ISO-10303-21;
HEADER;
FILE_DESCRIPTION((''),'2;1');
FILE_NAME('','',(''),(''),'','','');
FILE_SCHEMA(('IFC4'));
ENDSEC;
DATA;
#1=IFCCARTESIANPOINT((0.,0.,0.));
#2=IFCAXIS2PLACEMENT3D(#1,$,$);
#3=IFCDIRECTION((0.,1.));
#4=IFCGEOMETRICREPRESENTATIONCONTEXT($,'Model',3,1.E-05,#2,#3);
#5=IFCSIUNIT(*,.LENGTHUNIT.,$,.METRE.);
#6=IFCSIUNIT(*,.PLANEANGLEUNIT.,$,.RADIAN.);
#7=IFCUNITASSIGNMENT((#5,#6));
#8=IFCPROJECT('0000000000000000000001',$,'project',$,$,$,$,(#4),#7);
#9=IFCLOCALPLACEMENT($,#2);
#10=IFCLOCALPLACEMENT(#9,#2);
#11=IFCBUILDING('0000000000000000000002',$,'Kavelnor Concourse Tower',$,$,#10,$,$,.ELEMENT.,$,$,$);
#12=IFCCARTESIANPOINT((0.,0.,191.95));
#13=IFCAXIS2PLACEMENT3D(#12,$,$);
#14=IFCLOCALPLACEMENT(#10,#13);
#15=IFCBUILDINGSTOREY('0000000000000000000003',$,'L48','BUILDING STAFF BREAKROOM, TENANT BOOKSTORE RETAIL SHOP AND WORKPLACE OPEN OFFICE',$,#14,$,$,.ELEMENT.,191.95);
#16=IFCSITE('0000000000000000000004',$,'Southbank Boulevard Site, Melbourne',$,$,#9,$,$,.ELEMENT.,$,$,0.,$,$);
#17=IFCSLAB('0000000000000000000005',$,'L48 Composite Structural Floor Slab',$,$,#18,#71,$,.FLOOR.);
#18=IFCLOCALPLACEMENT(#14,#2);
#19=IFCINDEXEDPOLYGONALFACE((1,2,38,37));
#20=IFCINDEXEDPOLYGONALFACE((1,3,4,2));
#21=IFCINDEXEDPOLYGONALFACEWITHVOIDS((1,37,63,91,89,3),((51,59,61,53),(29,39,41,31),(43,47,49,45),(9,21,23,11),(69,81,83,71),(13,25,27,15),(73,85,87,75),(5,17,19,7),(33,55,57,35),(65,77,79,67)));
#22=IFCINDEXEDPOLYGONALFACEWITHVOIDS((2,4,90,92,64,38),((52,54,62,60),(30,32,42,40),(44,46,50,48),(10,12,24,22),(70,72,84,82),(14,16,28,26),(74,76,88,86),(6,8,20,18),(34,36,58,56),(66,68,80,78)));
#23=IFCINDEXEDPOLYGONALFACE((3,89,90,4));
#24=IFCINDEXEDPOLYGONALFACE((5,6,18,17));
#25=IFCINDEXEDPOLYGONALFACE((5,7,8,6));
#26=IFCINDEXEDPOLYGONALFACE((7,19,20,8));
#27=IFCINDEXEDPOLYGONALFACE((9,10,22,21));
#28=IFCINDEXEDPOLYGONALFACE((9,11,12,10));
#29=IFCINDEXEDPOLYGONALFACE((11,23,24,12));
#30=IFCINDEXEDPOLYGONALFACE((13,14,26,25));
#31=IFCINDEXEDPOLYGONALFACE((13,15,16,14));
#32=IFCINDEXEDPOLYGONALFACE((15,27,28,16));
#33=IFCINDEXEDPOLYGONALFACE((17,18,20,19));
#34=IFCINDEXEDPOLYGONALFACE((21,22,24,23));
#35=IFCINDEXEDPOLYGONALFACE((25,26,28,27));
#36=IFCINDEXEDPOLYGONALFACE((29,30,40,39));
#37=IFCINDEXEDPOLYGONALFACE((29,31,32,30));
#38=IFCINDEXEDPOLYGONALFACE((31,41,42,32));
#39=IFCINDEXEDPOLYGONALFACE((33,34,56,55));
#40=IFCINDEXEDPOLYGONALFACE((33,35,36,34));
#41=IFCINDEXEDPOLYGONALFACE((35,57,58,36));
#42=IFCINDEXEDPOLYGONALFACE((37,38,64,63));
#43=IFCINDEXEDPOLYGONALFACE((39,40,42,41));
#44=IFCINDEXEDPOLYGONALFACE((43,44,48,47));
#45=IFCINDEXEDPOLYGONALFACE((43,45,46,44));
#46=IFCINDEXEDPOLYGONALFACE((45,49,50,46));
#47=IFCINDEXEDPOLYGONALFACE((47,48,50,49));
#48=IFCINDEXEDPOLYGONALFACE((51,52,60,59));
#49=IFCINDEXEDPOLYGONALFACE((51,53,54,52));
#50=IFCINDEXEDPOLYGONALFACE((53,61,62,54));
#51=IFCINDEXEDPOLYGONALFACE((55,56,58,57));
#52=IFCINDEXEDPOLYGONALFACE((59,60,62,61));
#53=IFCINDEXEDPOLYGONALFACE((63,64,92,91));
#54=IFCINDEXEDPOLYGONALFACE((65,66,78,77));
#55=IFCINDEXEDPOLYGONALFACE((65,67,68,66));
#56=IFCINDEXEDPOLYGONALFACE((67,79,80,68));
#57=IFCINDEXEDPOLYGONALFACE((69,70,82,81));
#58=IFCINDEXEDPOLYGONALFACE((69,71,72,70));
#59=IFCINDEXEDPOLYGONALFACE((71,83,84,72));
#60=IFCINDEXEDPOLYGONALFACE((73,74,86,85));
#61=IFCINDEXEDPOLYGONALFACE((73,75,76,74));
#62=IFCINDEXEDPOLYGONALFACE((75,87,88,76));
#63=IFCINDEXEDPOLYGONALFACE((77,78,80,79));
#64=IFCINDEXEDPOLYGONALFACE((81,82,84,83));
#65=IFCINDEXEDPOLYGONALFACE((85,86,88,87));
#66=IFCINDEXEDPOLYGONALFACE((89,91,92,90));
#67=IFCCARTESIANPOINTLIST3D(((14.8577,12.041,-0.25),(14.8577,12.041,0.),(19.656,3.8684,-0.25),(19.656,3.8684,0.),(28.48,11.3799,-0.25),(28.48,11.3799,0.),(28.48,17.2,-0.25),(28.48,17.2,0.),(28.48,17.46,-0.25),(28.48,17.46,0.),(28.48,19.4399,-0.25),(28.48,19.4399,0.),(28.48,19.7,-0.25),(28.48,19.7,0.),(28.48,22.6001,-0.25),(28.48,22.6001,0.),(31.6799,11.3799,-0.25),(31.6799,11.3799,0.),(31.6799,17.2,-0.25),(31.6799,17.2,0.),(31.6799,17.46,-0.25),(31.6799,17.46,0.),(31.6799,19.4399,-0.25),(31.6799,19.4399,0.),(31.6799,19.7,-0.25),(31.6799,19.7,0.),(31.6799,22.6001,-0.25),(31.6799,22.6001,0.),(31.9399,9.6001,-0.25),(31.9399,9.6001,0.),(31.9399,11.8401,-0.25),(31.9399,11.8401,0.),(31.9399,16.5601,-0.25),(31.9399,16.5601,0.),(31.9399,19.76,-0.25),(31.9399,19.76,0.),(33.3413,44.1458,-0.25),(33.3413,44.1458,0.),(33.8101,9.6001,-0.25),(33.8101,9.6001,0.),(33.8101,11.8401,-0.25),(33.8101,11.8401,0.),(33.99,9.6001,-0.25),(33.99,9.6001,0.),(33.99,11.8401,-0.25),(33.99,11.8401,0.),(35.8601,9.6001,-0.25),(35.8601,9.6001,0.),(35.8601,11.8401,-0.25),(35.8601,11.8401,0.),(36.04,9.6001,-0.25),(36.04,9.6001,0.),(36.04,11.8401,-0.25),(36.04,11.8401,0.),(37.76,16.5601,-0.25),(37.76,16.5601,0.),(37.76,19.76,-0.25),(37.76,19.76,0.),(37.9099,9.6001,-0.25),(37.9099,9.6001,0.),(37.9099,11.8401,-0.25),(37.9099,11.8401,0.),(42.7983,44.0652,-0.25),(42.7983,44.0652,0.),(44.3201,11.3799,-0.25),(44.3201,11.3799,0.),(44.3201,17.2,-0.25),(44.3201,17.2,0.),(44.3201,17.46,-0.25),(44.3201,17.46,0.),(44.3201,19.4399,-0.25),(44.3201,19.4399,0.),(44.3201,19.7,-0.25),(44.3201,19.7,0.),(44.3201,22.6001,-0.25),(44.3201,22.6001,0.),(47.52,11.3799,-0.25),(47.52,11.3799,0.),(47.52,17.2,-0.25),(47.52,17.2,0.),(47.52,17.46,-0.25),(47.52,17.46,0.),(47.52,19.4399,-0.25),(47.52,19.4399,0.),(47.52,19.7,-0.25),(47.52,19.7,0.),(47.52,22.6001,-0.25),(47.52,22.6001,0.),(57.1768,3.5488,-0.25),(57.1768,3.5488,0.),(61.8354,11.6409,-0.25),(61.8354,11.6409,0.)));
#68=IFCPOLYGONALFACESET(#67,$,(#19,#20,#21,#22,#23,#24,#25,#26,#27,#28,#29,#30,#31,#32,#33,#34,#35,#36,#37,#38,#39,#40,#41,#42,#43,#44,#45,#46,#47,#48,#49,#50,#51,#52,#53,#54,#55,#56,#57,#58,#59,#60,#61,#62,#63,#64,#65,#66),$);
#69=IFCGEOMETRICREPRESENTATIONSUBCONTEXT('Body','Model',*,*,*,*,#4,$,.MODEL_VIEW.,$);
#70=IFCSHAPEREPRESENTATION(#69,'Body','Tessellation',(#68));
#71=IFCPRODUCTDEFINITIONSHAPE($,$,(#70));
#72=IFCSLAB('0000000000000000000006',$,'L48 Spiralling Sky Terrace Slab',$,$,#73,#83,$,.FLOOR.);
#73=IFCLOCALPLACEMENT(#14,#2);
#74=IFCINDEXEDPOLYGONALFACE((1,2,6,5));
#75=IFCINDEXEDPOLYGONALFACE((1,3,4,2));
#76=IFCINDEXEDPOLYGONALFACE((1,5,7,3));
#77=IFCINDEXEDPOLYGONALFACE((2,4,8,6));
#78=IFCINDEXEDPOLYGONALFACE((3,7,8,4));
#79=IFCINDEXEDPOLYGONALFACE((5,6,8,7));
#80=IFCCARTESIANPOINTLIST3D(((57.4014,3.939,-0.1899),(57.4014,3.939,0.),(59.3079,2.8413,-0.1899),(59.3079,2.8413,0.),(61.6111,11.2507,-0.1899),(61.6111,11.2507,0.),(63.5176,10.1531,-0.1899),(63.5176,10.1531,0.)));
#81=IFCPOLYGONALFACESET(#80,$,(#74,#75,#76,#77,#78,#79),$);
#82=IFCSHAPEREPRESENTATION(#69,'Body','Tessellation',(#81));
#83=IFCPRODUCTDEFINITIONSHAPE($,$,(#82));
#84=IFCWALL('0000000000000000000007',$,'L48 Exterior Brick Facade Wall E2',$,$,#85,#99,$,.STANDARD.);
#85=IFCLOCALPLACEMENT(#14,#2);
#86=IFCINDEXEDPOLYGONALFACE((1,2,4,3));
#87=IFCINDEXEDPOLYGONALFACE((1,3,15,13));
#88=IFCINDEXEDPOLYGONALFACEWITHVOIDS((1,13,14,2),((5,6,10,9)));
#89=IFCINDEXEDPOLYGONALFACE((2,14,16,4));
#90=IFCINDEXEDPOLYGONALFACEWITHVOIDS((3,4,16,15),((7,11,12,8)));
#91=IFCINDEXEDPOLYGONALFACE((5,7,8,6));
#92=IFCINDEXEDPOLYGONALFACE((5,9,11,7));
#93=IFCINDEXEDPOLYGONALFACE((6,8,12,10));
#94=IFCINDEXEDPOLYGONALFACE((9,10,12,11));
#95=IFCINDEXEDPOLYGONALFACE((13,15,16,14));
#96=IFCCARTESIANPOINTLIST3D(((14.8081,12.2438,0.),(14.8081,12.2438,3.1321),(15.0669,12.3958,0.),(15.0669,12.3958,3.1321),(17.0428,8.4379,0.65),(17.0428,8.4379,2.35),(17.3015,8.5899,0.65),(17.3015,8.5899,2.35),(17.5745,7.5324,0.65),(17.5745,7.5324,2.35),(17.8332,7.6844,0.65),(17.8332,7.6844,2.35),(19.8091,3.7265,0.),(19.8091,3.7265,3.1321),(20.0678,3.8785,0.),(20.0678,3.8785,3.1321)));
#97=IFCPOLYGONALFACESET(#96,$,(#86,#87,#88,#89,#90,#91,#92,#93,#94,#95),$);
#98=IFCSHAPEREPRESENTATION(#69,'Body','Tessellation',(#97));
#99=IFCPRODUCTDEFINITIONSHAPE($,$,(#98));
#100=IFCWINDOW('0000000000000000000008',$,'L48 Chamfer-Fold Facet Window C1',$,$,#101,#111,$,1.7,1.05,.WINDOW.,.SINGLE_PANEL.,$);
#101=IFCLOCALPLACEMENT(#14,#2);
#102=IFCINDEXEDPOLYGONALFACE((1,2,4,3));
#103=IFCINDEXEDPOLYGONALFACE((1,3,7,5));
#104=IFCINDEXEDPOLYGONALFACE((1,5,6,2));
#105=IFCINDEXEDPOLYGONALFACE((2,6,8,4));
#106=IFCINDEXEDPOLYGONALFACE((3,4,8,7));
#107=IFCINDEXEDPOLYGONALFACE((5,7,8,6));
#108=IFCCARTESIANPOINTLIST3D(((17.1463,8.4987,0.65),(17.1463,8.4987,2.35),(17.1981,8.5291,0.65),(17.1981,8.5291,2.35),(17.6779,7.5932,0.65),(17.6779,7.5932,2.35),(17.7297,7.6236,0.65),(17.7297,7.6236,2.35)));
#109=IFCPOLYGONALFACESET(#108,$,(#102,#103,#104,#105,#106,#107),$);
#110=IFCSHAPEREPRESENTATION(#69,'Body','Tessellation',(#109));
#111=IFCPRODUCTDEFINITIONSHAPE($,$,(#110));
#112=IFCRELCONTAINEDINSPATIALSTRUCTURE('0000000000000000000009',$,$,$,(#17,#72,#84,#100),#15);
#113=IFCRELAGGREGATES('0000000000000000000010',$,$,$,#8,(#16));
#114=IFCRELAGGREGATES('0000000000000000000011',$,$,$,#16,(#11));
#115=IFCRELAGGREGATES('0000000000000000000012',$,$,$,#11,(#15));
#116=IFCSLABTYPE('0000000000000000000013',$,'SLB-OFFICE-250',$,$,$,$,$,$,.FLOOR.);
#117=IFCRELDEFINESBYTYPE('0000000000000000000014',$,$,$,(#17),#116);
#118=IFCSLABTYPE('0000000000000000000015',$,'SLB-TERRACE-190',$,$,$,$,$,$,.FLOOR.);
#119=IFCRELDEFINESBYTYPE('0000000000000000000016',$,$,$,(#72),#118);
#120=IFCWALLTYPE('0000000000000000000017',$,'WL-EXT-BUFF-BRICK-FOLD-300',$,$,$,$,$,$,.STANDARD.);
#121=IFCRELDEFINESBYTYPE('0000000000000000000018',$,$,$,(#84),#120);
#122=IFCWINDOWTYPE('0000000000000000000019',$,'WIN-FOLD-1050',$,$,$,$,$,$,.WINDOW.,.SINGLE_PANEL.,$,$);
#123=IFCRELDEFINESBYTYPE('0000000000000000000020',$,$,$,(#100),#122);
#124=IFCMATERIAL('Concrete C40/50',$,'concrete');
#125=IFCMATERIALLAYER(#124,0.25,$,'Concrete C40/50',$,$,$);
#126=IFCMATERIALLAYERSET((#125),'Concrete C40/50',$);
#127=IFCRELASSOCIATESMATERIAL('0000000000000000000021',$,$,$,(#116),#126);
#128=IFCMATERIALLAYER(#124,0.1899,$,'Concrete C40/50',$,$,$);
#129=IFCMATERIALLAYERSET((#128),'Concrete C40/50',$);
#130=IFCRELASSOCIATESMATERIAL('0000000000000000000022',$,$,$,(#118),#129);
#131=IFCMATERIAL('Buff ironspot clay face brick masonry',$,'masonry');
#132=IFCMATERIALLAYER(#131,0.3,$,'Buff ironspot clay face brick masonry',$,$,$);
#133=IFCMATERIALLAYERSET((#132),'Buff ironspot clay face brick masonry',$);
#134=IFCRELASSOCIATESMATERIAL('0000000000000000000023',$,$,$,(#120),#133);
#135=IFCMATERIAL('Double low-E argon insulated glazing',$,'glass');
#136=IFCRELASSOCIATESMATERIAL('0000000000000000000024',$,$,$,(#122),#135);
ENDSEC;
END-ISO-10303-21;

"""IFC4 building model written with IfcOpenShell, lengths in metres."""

from ifc_helpers import new_model, si_unit, direction, frame, frame_2d, origin, place, context, subcontext, project, spatial, polyline, rectangle, outline, extrude, material, layer, layer_set, type_object, element, fill, save


model = new_model("IFC4")

# Units and contexts
model_context = context("Model", 3, precision=1e-05, world=origin(), true_north=direction((0.0, 1.0)))
body_context = subcontext(model_context, "Body", "Model", "MODEL_VIEW")
ifc_project = project(units=[si_unit("LENGTHUNIT", "METRE"), si_unit("PLANEANGLEUNIT", "RADIAN")], contexts=[model_context])

# Site, building, storey
site_placement = place(None, origin())
site = spatial("IfcSite", under=ifc_project, at=site_placement, Name="Southbank Boulevard Site, Melbourne", CompositionType="ELEMENT", RefElevation=0.0)
building_placement = place(site_placement, origin())
building = spatial("IfcBuilding", under=site, at=building_placement, Name="Kavelnor Concourse Tower", CompositionType="ELEMENT")
storey_placement = place(building_placement, frame((0.0, 0.0, 191.95)))
storey = spatial("IfcBuildingStorey", under=building, at=storey_placement, Name="L48", Description="BUILDING STAFF BREAKROOM, TENANT BOOKSTORE RETAIL SHOP AND WORKPLACE OPEN OFFICE", CompositionType="ELEMENT", Elevation=191.95)

# Shared definitions
ifc_material_1 = material(Name="Concrete C40/50", Category="concrete")

# Slabs
ifc_layer_1 = layer(ifc_material_1, 0.25, Name="Concrete C40/50")
ifc_layer_set_1 = layer_set([ifc_layer_1], Name="Concrete C40/50")
slab_type_1 = type_object("IfcSlabType", Name="SLB-OFFICE-250", PredefinedType="FLOOR", material=ifc_layer_set_1)
slab_1_placement = place(storey_placement, frame((0.0, 0.0, -0.25)))
element("IfcSlab", 1, at=slab_1_placement, inside=storey, type_object=slab_type_1, Name="L48 Composite Structural Floor Slab", PredefinedType="FLOOR", context=body_context, shape_type="SweptSolid", body=[
    extrude(outline(polyline([(42.7983, 44.0652), (33.3413, 44.1458), (14.8577, 12.041), (19.656, 3.8684), (57.1768, 3.5488), (61.8354, 11.6409), (42.7983, 44.0652)]), holes=[polyline([(28.48, 11.3799), (31.6799, 11.3799), (31.6799, 17.2), (28.48, 17.2), (28.48, 11.3799)]), polyline([(44.3201, 11.3799), (47.52, 11.3799), (47.52, 17.2), (44.3201, 17.2), (44.3201, 11.3799)]), polyline([(31.9399, 16.5601), (37.76, 16.5601), (37.76, 19.76), (31.9399, 19.76), (31.9399, 16.5601)]), polyline([(28.48, 19.7), (31.6799, 19.7), (31.6799, 22.6001), (28.48, 22.6001), (28.48, 19.7)]), polyline([(44.3201, 19.7), (47.52, 19.7), (47.52, 22.6001), (44.3201, 22.6001), (44.3201, 19.7)]), polyline([(31.9399, 9.6001), (33.8101, 9.6001), (33.8101, 11.8401), (31.9399, 11.8401), (31.9399, 9.6001)]), polyline([(33.99, 9.6001), (35.8601, 9.6001), (35.8601, 11.8401), (33.99, 11.8401), (33.99, 9.6001)]), polyline([(36.04, 9.6001), (37.9099, 9.6001), (37.9099, 11.8401), (36.04, 11.8401), (36.04, 9.6001)]), polyline([(28.48, 17.46), (31.6799, 17.46), (31.6799, 19.4399), (28.48, 19.4399), (28.48, 17.46)]), polyline([(44.3201, 17.46), (47.52, 17.46), (47.52, 19.4399), (44.3201, 19.4399), (44.3201, 17.46)])]), origin(), (0.0, 0.0, 1.0), 0.25),
])
ifc_layer_2 = layer(ifc_material_1, 0.1899, Name="Concrete C40/50")
ifc_layer_set_2 = layer_set([ifc_layer_2], Name="Concrete C40/50")
slab_type_2 = type_object("IfcSlabType", Name="SLB-TERRACE-190", PredefinedType="FLOOR", material=ifc_layer_set_2)
slab_2_placement = place(storey_placement, frame((0.0, 0.0, -0.1899)))
element("IfcSlab", 2, at=slab_2_placement, inside=storey, type_object=slab_type_2, Name="L48 Spiralling Sky Terrace Slab", PredefinedType="FLOOR", context=body_context, shape_type="SweptSolid", body=[
    extrude(outline(polyline([(63.5176, 10.1531), (59.3079, 2.8413), (57.4014, 3.939), (61.6111, 11.2507), (63.5176, 10.1531)])), origin(), (0.0, 0.0, 1.0), 0.1899),
])

# Wall, opening, window
ifc_material_2 = material(Name="Buff ironspot clay face brick masonry", Category="masonry")
ifc_layer_3 = layer(ifc_material_2, 0.3, Name="Buff ironspot clay face brick masonry")
ifc_layer_set_3 = layer_set([ifc_layer_3], Name="Buff ironspot clay face brick masonry")
wall_type_1 = type_object("IfcWallType", Name="WL-EXT-BUFF-BRICK-FOLD-300", PredefinedType="STANDARD", material=ifc_layer_set_3)
wall_1_placement = place(storey_placement, frame((19.9385, 3.8025, 0.0), z_axis=(0.0, 0.0, 1.0), x_axis=(-0.506326, 0.862342, 0.0)))
wall_1 = element("IfcWall", 3, at=wall_1_placement, inside=storey, type_object=wall_type_1, Name="L48 Exterior Brick Facade Wall E2", PredefinedType="STANDARD", context=body_context, shape_type="SweptSolid", body=[
    extrude(rectangle(XDim=9.877, YDim=0.3, at=frame_2d((4.9385, 0.0))), origin(), (0.0, 0.0, 1.0), 3.1321),
])
opening_1_placement = place(wall_1_placement, frame((4.4136, 0.0, 0.6499)))
opening_1 = element("IfcOpeningElement", 4, at=opening_1_placement, cuts=wall_1, PredefinedType="OPENING", context=body_context, shape_type="SweptSolid", body=[
    extrude(rectangle(XDim=1.05, YDim=1.7, at=frame_2d((0.5249, 0.8501))), frame((0.0, 0.1602, 0.0), z_axis=(0.0, -1.0, 0.0), x_axis=(1.0, 0.0, 0.0)), (0.0, 0.0, 1.0), 0.3201),
])
ifc_material_3 = material(Name="Double low-E argon insulated glazing", Category="glass")
window_type_1 = type_object("IfcWindowType", Name="WIN-FOLD-1050", PartitioningType="SINGLE_PANEL", PredefinedType="WINDOW", material=ifc_material_3)
window_1_placement = place(opening_1_placement, origin())
window_1 = element("IfcWindow", 5, at=window_1_placement, inside=storey, type_object=window_type_1, Name="L48 Chamfer-Fold Facet Window C1", OverallHeight=1.7, OverallWidth=1.05, PartitioningType="SINGLE_PANEL", PredefinedType="WINDOW", context=body_context, shape_type="SweptSolid", body=[
    extrude(rectangle(XDim=1.05, YDim=1.7, at=frame_2d((0.5249, 0.8501))), frame((0.0, 0.03, 0.0), z_axis=(0.0, -1.0, 0.0), x_axis=(1.0, 0.0, 0.0)), (0.0, 0.0, 1.0), 0.0601),
])
fill(opening_1, window_1)

save(model, "model.ifc")
